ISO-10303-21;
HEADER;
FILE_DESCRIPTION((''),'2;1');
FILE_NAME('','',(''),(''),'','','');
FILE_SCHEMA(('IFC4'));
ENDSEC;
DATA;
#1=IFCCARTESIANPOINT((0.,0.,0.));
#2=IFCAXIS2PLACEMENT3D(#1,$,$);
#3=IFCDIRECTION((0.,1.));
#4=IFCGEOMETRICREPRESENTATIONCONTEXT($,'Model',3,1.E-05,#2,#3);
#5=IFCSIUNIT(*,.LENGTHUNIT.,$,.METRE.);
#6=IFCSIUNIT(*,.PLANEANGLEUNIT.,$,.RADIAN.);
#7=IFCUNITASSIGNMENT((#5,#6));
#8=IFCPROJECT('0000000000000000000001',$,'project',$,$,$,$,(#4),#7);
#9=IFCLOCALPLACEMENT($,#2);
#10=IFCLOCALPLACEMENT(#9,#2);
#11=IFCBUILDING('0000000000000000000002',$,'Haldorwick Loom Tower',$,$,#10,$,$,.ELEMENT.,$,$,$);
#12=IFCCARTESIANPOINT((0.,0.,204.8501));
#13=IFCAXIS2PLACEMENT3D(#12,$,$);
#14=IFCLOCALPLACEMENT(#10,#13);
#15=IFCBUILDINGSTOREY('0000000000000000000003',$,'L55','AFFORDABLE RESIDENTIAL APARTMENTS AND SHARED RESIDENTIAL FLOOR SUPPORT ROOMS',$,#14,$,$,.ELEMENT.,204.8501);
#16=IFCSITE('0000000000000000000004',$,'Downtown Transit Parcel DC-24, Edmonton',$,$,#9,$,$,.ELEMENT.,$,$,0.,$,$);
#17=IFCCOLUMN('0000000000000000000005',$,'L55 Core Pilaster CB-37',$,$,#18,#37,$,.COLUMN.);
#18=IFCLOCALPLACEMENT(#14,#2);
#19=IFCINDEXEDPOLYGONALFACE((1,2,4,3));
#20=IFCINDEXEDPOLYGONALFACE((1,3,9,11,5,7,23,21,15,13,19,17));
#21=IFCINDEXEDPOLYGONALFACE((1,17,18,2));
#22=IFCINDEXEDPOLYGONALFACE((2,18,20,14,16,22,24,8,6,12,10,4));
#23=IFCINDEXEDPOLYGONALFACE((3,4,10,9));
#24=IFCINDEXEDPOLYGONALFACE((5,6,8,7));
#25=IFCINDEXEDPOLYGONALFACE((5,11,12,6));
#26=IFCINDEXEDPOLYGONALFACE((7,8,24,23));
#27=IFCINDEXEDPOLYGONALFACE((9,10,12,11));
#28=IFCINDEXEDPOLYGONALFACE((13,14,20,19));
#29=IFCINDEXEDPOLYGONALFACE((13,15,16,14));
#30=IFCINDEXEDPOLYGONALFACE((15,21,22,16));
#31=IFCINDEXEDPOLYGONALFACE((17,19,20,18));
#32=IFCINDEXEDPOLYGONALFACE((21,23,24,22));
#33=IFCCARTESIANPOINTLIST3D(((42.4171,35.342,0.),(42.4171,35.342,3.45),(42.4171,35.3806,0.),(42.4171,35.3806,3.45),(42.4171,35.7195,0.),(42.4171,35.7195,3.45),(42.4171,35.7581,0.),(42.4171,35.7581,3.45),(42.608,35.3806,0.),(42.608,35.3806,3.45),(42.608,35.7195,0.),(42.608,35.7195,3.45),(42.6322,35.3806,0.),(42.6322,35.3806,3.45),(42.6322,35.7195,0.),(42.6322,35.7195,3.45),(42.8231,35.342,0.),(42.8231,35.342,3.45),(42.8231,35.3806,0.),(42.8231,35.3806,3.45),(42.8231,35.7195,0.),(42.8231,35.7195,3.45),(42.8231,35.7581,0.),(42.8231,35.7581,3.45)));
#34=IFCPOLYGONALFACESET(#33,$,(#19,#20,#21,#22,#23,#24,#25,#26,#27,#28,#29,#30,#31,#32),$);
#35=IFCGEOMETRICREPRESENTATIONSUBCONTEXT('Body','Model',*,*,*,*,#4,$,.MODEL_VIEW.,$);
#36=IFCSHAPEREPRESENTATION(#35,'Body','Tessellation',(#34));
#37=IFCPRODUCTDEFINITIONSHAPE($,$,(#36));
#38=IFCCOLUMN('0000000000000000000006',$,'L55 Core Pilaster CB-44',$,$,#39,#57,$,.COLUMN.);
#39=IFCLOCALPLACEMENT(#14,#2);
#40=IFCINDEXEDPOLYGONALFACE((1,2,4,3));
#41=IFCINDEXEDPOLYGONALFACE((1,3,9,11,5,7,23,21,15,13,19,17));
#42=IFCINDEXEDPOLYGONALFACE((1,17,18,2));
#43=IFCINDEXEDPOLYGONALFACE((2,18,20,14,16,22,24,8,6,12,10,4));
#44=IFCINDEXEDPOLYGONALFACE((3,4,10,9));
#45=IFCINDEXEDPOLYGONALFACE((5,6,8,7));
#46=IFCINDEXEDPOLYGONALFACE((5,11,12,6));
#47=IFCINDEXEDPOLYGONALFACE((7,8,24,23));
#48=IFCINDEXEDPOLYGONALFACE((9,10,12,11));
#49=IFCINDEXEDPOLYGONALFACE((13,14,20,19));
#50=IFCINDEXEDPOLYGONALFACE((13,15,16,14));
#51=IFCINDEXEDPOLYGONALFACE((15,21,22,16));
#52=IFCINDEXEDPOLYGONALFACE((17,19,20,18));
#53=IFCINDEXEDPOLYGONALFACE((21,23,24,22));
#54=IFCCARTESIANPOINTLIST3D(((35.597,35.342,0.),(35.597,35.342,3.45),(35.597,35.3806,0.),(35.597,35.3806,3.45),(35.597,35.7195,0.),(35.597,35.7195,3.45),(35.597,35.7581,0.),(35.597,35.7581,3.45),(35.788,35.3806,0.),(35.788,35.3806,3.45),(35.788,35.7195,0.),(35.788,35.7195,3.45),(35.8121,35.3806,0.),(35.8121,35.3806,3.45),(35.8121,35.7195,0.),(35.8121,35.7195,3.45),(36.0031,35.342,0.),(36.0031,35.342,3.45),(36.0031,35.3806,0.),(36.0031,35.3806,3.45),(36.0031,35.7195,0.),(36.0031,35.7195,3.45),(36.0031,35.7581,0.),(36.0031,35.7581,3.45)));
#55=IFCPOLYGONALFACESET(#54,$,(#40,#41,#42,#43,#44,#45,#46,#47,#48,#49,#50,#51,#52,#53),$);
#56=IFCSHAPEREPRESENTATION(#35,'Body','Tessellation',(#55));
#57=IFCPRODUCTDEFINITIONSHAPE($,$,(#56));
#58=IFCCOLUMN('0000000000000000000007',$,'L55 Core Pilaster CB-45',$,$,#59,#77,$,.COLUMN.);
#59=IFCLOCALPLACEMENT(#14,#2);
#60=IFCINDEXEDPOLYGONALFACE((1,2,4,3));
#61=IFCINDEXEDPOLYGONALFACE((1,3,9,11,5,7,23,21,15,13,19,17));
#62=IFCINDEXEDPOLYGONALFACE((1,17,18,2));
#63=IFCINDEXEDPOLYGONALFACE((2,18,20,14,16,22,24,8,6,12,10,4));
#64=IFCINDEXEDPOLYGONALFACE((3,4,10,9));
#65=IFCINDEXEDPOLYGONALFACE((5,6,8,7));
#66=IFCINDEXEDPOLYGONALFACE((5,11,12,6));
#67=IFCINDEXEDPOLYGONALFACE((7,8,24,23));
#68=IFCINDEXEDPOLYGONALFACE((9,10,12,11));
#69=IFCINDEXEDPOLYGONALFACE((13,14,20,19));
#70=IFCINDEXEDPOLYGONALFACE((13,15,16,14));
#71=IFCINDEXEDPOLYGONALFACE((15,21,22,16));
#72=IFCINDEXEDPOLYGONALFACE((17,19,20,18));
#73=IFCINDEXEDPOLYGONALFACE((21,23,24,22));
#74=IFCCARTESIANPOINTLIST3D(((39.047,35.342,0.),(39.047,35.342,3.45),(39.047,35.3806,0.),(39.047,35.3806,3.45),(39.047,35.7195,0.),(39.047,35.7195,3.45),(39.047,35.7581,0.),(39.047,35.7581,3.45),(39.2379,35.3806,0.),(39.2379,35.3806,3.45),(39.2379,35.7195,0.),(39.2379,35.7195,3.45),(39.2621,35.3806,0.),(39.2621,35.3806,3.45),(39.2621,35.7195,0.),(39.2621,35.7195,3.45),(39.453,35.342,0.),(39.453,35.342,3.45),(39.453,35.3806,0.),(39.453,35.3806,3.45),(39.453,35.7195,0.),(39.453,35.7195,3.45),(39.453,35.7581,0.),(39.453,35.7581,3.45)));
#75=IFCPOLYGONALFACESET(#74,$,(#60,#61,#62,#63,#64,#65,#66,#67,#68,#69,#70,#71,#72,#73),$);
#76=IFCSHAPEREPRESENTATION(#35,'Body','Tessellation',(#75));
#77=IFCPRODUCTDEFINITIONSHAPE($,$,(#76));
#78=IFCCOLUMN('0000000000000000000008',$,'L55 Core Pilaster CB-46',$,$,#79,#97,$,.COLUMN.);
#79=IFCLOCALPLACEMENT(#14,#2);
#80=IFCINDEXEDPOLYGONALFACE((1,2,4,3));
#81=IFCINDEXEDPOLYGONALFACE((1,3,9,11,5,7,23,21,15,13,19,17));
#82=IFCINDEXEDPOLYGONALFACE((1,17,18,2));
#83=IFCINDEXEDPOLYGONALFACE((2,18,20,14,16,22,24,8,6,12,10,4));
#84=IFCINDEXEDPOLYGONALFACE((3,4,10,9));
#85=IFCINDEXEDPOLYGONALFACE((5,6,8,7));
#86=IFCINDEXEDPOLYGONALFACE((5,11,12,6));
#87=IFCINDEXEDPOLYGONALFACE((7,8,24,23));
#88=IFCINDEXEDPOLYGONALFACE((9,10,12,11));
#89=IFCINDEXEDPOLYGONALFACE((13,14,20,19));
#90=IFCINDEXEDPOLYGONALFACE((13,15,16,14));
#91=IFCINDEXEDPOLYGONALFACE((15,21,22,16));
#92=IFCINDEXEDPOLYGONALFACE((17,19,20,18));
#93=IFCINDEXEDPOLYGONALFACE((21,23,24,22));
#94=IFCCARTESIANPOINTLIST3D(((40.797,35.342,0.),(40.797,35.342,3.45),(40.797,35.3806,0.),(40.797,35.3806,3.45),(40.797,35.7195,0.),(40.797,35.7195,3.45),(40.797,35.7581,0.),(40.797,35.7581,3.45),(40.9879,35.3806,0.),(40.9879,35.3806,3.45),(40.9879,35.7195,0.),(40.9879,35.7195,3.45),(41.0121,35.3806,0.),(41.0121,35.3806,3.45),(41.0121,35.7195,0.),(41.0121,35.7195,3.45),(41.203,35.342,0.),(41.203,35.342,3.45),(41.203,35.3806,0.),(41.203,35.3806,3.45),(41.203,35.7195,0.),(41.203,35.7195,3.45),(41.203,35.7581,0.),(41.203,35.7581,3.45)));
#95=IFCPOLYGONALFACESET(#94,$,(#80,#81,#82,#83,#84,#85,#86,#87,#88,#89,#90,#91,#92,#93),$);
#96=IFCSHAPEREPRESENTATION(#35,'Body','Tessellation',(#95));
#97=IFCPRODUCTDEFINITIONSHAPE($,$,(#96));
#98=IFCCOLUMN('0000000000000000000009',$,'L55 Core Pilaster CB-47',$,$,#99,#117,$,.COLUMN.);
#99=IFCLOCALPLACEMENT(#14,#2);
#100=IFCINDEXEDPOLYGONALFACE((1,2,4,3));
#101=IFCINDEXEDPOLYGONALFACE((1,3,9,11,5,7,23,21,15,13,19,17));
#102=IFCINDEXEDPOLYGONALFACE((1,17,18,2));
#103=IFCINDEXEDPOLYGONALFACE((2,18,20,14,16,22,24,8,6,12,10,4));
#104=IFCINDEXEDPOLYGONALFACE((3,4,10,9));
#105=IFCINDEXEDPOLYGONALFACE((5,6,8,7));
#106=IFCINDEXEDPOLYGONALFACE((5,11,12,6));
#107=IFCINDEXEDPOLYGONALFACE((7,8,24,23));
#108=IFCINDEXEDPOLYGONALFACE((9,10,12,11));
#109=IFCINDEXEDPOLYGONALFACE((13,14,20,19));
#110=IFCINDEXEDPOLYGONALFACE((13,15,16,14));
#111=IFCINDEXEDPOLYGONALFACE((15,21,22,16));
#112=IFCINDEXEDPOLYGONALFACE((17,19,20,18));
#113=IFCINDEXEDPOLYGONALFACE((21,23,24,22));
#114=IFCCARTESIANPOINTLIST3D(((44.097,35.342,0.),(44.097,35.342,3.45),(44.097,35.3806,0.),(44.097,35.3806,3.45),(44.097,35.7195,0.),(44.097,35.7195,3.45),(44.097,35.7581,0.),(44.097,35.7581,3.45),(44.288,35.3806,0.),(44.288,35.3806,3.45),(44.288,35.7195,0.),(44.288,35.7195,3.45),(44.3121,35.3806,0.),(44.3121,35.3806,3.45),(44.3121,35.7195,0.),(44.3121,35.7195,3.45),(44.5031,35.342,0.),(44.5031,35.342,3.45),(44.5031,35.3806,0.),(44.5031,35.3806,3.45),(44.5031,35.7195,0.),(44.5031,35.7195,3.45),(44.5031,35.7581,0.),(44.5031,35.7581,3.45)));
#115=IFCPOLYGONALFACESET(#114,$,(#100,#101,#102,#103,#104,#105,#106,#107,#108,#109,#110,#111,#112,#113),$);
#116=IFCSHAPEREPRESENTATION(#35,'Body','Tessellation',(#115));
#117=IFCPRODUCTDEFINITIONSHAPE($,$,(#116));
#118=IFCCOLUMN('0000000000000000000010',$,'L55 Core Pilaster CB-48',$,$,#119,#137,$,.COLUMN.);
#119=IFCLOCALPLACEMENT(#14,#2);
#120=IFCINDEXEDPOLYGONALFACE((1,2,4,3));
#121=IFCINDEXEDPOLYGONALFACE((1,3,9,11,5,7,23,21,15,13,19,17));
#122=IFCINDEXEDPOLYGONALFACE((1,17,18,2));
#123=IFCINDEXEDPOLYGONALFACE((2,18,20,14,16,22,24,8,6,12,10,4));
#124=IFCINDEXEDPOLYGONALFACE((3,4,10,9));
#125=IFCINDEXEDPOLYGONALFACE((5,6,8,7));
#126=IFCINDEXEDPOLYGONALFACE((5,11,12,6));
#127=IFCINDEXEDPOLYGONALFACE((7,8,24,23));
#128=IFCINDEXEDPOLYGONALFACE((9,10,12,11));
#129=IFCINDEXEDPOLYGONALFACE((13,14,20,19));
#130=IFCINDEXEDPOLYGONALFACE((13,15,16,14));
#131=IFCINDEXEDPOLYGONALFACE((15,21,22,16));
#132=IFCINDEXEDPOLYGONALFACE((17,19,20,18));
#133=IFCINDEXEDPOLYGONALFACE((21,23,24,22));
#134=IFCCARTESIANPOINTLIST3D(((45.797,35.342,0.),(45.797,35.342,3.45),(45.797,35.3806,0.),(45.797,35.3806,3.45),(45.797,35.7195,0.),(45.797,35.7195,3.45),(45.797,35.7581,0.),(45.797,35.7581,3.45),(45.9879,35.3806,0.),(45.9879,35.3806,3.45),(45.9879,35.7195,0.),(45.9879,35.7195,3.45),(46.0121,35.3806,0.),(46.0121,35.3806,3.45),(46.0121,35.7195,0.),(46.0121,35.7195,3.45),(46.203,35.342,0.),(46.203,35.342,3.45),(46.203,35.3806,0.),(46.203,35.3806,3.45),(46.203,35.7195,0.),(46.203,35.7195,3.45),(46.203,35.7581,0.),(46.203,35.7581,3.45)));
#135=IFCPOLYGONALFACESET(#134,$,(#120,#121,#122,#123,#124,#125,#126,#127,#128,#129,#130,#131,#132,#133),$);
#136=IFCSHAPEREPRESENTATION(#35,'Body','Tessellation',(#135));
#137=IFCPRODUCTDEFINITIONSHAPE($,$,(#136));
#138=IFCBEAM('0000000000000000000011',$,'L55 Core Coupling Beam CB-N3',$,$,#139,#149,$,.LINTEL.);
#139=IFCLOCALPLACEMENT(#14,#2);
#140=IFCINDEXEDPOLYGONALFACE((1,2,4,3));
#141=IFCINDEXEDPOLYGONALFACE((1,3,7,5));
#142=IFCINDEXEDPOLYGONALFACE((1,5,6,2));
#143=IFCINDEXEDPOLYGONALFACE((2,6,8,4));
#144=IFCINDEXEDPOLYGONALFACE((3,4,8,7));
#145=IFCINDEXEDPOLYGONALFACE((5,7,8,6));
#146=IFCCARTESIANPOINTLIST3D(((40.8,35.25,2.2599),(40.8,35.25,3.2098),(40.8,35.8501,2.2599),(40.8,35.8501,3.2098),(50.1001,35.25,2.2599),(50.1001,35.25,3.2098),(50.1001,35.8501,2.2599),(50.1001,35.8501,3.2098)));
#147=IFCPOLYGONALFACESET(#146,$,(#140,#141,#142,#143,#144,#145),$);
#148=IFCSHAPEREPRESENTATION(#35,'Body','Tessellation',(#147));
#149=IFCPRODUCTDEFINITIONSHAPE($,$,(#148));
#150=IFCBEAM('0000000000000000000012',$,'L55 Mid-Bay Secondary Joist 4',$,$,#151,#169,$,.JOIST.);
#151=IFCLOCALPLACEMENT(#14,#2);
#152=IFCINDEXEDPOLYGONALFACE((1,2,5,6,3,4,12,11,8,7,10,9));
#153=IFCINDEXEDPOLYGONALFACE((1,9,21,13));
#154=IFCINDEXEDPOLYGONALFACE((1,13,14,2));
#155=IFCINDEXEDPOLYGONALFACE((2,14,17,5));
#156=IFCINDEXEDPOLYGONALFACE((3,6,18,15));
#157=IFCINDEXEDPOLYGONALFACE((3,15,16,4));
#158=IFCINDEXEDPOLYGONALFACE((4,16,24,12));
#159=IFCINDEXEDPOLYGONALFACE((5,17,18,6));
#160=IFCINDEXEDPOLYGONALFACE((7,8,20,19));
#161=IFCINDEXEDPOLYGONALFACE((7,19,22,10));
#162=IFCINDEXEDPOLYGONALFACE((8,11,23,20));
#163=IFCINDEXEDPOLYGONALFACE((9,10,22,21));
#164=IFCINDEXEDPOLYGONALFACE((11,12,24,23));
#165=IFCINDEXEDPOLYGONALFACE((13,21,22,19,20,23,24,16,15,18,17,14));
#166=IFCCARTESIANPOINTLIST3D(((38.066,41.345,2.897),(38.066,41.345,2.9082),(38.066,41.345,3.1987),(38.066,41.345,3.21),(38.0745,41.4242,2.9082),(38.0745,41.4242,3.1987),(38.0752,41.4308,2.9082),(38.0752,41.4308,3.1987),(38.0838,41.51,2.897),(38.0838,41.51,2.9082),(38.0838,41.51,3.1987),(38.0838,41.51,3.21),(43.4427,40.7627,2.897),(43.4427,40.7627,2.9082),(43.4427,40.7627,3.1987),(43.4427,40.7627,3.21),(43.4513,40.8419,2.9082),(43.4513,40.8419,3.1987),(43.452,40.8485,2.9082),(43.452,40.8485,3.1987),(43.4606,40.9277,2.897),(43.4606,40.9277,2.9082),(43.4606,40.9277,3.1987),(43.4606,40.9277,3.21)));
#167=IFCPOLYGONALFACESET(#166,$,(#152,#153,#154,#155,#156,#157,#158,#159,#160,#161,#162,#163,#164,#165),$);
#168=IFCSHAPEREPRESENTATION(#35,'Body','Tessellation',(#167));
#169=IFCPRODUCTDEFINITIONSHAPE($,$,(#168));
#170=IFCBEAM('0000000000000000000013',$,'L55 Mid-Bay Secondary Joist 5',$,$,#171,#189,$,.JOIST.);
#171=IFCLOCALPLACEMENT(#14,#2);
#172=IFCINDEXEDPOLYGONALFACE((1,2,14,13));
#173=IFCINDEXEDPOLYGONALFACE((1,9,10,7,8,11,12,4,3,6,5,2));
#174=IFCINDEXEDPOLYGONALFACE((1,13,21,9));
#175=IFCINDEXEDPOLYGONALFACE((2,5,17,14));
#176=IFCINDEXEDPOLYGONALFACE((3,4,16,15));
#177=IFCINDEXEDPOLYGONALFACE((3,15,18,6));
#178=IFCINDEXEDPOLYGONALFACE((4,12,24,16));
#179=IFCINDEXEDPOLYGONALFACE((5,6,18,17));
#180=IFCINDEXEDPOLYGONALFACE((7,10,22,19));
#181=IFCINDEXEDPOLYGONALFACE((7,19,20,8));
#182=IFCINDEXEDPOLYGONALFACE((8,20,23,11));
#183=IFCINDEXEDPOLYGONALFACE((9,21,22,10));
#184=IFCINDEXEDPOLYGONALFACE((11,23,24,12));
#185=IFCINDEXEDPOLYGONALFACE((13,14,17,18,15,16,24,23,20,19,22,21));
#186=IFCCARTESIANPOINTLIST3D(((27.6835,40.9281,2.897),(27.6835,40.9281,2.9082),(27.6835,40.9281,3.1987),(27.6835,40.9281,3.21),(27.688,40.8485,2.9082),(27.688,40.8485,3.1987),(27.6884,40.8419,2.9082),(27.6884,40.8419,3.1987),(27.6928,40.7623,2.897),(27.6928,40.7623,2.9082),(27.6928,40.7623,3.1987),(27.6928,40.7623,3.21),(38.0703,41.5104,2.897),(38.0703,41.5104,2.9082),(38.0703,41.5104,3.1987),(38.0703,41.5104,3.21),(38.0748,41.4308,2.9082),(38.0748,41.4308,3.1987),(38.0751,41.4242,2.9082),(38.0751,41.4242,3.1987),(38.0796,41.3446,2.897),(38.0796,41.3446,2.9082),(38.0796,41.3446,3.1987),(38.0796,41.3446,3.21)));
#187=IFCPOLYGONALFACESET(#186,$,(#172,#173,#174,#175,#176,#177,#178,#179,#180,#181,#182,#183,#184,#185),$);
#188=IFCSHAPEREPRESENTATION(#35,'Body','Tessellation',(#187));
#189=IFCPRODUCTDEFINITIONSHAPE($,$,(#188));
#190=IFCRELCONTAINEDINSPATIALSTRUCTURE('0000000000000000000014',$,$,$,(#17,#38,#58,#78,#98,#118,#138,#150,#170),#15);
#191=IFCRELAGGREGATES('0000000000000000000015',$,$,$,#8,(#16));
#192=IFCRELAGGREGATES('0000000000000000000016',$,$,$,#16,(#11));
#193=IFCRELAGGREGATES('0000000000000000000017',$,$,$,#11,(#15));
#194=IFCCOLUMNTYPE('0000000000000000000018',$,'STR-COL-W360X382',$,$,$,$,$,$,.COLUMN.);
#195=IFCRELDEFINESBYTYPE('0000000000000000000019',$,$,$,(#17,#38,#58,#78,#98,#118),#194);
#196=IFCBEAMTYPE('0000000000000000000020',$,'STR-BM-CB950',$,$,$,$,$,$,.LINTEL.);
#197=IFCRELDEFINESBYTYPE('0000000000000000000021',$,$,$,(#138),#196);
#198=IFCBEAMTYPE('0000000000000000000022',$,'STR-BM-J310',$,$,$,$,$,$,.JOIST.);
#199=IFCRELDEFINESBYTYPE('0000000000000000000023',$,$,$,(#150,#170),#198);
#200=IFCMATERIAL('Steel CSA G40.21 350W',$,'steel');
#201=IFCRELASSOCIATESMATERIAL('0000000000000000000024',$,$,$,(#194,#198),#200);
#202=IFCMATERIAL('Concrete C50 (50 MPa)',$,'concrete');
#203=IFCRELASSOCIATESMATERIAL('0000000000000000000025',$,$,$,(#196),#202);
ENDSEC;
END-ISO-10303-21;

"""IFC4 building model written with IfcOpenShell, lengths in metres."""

from ifc_helpers import new_model, si_unit, direction, frame, origin, origin_2d, place, context, subcontext, project, spatial, rectangle, i_section, extrude, material, material_profile, profile_set, type_object, element, save


model = new_model("IFC4")

# Units and contexts
model_context = context("Model", 3, precision=1e-05, world=origin(), true_north=direction((0.0, 1.0)))
body_context = subcontext(model_context, "Body", "Model", "MODEL_VIEW")
ifc_project = project(units=[si_unit("LENGTHUNIT", "METRE"), si_unit("PLANEANGLEUNIT", "RADIAN")], contexts=[model_context])

# Site, building, storey
site_placement = place(None, origin())
site = spatial("IfcSite", under=ifc_project, at=site_placement, Name="Downtown Transit Parcel DC-24, Edmonton", CompositionType="ELEMENT", RefElevation=0.0)
building_placement = place(site_placement, origin())
building = spatial("IfcBuilding", under=site, at=building_placement, Name="Haldorwick Loom Tower", CompositionType="ELEMENT")
storey_placement = place(building_placement, frame((0.0, 0.0, 204.8501)))
storey = spatial("IfcBuildingStorey", under=building, at=storey_placement, Name="L55", Description="AFFORDABLE RESIDENTIAL APARTMENTS AND SHARED RESIDENTIAL FLOOR SUPPORT ROOMS", CompositionType="ELEMENT", Elevation=204.8501)

# Columns
ifc_material_1 = material(Name="Steel CSA G40.21 350W", Category="steel")
ifc_material_profile_1 = material_profile(ifc_material_1, i_section(OverallWidth=0.406, OverallDepth=0.416, WebThickness=0.0242, FlangeThickness=0.0386, at=origin_2d()), Name="W360X382", Category="steel")
ifc_profile_set_1 = profile_set([ifc_material_profile_1], Name="Steel CSA G40.21 350W")
column_type_1 = type_object("IfcColumnType", Name="STR-COL-W360X382", PredefinedType="COLUMN", material=ifc_profile_set_1)
for number, where, z_axis, x_axis, name in (
    (1, (42.6201, 35.55, 0.0), (0.0, 0.0, 1.0), (1.0, 0.0, 0.0), "L55 Core Pilaster CB-37"),
    (2, (35.8, 35.55, 0.0), (0.0, 0.0, 1.0), (1.0, 0.0, 0.0), "L55 Core Pilaster CB-44"),
    (3, (39.25, 35.55, 0.0), (0.0, 0.0, 1.0), (1.0, 0.0, 0.0), "L55 Core Pilaster CB-45"),
    (4, (41.0, 35.55, 0.0), (0.0, 0.0, 1.0), (1.0, 0.0, 0.0), "L55 Core Pilaster CB-46"),
    (5, (44.3, 35.55, 0.0), (0.0, 0.0, 1.0), (1.0, 0.0, 0.0), "L55 Core Pilaster CB-47"),
    (6, (46.0, 35.55, 0.0), (0.0, 0.0, 1.0), (1.0, 0.0, 0.0), "L55 Core Pilaster CB-48"),
):
    element("IfcColumn", number, at=place(storey_placement, frame(where, z_axis=z_axis, x_axis=x_axis)), inside=storey, type_object=column_type_1, Name=name, PredefinedType="COLUMN", context=body_context, shape_type="SweptSolid", body=[
        extrude(i_section(OverallWidth=0.406, OverallDepth=0.416, WebThickness=0.0242, FlangeThickness=0.0386, at=origin_2d()), origin(), (0.0, 0.0, 1.0), 3.45),
    ])

# Beams
ifc_material_2 = material(Name="Concrete C50 (50 MPa)", Category="concrete")
ifc_material_profile_2 = material_profile(ifc_material_2, rectangle(XDim=0.6001, YDim=0.95, at=origin_2d()), Name="RC600X950", Category="concrete")
ifc_profile_set_2 = profile_set([ifc_material_profile_2], Name="Concrete C50 (50 MPa)")
beam_type_1 = type_object("IfcBeamType", Name="STR-BM-CB950", PredefinedType="LINTEL", material=ifc_profile_set_2)
beam_1_placement = place(storey_placement, frame((40.8, 35.55, 2.7349), z_axis=(1.0, 0.0, 0.0), x_axis=(0.0, 1.0, 0.0)))
element("IfcBeam", 7, at=beam_1_placement, inside=storey, type_object=beam_type_1, Name="L55 Core Coupling Beam CB-N3", PredefinedType="LINTEL", context=body_context, shape_type="SweptSolid", body=[
    extrude(rectangle(XDim=0.6001, YDim=0.95, at=origin_2d()), origin(), (0.0, 0.0, 1.0), 9.3),
])
ifc_material_profile_3 = material_profile(ifc_material_1, i_section(OverallWidth=0.166, OverallDepth=0.313, WebThickness=0.0066, FlangeThickness=0.0112, at=origin_2d()), Name="W310X45", Category="steel")
ifc_profile_set_3 = profile_set([ifc_material_profile_3], Name="Steel CSA G40.21 350W")
beam_type_2 = type_object("IfcBeamType", Name="STR-BM-J310", PredefinedType="JOIST", material=ifc_profile_set_3)
beam_2_placement = place(storey_placement, frame((43.4517, 40.8452, 3.0535), z_axis=(-0.994187, 0.107666, 0.0), x_axis=(-0.107666, -0.994187, 0.0)))
element("IfcBeam", 8, at=beam_2_placement, inside=storey, type_object=beam_type_2, Name="L55 Mid-Bay Secondary Joist 4", PredefinedType="JOIST", context=body_context, shape_type="SweptSolid", body=[
    extrude(i_section(OverallWidth=0.166, OverallDepth=0.313, WebThickness=0.0066, FlangeThickness=0.0112, at=origin_2d()), origin(), (0.0, 0.0, 1.0), 5.4082),
])
beam_3_placement = place(storey_placement, frame((38.075, 41.4275, 3.0535), z_axis=(-0.998432, -0.055972, 0.0), x_axis=(0.055972, -0.998432, 0.0)))
element("IfcBeam", 9, at=beam_3_placement, inside=storey, type_object=beam_type_2, Name="L55 Mid-Bay Secondary Joist 5", PredefinedType="JOIST", context=body_context, shape_type="SweptSolid", body=[
    extrude(i_section(OverallWidth=0.166, OverallDepth=0.313, WebThickness=0.0066, FlangeThickness=0.0112, at=origin_2d()), origin(), (0.0, 0.0, 1.0), 10.4031),
])

save(model, "model.ifc")
